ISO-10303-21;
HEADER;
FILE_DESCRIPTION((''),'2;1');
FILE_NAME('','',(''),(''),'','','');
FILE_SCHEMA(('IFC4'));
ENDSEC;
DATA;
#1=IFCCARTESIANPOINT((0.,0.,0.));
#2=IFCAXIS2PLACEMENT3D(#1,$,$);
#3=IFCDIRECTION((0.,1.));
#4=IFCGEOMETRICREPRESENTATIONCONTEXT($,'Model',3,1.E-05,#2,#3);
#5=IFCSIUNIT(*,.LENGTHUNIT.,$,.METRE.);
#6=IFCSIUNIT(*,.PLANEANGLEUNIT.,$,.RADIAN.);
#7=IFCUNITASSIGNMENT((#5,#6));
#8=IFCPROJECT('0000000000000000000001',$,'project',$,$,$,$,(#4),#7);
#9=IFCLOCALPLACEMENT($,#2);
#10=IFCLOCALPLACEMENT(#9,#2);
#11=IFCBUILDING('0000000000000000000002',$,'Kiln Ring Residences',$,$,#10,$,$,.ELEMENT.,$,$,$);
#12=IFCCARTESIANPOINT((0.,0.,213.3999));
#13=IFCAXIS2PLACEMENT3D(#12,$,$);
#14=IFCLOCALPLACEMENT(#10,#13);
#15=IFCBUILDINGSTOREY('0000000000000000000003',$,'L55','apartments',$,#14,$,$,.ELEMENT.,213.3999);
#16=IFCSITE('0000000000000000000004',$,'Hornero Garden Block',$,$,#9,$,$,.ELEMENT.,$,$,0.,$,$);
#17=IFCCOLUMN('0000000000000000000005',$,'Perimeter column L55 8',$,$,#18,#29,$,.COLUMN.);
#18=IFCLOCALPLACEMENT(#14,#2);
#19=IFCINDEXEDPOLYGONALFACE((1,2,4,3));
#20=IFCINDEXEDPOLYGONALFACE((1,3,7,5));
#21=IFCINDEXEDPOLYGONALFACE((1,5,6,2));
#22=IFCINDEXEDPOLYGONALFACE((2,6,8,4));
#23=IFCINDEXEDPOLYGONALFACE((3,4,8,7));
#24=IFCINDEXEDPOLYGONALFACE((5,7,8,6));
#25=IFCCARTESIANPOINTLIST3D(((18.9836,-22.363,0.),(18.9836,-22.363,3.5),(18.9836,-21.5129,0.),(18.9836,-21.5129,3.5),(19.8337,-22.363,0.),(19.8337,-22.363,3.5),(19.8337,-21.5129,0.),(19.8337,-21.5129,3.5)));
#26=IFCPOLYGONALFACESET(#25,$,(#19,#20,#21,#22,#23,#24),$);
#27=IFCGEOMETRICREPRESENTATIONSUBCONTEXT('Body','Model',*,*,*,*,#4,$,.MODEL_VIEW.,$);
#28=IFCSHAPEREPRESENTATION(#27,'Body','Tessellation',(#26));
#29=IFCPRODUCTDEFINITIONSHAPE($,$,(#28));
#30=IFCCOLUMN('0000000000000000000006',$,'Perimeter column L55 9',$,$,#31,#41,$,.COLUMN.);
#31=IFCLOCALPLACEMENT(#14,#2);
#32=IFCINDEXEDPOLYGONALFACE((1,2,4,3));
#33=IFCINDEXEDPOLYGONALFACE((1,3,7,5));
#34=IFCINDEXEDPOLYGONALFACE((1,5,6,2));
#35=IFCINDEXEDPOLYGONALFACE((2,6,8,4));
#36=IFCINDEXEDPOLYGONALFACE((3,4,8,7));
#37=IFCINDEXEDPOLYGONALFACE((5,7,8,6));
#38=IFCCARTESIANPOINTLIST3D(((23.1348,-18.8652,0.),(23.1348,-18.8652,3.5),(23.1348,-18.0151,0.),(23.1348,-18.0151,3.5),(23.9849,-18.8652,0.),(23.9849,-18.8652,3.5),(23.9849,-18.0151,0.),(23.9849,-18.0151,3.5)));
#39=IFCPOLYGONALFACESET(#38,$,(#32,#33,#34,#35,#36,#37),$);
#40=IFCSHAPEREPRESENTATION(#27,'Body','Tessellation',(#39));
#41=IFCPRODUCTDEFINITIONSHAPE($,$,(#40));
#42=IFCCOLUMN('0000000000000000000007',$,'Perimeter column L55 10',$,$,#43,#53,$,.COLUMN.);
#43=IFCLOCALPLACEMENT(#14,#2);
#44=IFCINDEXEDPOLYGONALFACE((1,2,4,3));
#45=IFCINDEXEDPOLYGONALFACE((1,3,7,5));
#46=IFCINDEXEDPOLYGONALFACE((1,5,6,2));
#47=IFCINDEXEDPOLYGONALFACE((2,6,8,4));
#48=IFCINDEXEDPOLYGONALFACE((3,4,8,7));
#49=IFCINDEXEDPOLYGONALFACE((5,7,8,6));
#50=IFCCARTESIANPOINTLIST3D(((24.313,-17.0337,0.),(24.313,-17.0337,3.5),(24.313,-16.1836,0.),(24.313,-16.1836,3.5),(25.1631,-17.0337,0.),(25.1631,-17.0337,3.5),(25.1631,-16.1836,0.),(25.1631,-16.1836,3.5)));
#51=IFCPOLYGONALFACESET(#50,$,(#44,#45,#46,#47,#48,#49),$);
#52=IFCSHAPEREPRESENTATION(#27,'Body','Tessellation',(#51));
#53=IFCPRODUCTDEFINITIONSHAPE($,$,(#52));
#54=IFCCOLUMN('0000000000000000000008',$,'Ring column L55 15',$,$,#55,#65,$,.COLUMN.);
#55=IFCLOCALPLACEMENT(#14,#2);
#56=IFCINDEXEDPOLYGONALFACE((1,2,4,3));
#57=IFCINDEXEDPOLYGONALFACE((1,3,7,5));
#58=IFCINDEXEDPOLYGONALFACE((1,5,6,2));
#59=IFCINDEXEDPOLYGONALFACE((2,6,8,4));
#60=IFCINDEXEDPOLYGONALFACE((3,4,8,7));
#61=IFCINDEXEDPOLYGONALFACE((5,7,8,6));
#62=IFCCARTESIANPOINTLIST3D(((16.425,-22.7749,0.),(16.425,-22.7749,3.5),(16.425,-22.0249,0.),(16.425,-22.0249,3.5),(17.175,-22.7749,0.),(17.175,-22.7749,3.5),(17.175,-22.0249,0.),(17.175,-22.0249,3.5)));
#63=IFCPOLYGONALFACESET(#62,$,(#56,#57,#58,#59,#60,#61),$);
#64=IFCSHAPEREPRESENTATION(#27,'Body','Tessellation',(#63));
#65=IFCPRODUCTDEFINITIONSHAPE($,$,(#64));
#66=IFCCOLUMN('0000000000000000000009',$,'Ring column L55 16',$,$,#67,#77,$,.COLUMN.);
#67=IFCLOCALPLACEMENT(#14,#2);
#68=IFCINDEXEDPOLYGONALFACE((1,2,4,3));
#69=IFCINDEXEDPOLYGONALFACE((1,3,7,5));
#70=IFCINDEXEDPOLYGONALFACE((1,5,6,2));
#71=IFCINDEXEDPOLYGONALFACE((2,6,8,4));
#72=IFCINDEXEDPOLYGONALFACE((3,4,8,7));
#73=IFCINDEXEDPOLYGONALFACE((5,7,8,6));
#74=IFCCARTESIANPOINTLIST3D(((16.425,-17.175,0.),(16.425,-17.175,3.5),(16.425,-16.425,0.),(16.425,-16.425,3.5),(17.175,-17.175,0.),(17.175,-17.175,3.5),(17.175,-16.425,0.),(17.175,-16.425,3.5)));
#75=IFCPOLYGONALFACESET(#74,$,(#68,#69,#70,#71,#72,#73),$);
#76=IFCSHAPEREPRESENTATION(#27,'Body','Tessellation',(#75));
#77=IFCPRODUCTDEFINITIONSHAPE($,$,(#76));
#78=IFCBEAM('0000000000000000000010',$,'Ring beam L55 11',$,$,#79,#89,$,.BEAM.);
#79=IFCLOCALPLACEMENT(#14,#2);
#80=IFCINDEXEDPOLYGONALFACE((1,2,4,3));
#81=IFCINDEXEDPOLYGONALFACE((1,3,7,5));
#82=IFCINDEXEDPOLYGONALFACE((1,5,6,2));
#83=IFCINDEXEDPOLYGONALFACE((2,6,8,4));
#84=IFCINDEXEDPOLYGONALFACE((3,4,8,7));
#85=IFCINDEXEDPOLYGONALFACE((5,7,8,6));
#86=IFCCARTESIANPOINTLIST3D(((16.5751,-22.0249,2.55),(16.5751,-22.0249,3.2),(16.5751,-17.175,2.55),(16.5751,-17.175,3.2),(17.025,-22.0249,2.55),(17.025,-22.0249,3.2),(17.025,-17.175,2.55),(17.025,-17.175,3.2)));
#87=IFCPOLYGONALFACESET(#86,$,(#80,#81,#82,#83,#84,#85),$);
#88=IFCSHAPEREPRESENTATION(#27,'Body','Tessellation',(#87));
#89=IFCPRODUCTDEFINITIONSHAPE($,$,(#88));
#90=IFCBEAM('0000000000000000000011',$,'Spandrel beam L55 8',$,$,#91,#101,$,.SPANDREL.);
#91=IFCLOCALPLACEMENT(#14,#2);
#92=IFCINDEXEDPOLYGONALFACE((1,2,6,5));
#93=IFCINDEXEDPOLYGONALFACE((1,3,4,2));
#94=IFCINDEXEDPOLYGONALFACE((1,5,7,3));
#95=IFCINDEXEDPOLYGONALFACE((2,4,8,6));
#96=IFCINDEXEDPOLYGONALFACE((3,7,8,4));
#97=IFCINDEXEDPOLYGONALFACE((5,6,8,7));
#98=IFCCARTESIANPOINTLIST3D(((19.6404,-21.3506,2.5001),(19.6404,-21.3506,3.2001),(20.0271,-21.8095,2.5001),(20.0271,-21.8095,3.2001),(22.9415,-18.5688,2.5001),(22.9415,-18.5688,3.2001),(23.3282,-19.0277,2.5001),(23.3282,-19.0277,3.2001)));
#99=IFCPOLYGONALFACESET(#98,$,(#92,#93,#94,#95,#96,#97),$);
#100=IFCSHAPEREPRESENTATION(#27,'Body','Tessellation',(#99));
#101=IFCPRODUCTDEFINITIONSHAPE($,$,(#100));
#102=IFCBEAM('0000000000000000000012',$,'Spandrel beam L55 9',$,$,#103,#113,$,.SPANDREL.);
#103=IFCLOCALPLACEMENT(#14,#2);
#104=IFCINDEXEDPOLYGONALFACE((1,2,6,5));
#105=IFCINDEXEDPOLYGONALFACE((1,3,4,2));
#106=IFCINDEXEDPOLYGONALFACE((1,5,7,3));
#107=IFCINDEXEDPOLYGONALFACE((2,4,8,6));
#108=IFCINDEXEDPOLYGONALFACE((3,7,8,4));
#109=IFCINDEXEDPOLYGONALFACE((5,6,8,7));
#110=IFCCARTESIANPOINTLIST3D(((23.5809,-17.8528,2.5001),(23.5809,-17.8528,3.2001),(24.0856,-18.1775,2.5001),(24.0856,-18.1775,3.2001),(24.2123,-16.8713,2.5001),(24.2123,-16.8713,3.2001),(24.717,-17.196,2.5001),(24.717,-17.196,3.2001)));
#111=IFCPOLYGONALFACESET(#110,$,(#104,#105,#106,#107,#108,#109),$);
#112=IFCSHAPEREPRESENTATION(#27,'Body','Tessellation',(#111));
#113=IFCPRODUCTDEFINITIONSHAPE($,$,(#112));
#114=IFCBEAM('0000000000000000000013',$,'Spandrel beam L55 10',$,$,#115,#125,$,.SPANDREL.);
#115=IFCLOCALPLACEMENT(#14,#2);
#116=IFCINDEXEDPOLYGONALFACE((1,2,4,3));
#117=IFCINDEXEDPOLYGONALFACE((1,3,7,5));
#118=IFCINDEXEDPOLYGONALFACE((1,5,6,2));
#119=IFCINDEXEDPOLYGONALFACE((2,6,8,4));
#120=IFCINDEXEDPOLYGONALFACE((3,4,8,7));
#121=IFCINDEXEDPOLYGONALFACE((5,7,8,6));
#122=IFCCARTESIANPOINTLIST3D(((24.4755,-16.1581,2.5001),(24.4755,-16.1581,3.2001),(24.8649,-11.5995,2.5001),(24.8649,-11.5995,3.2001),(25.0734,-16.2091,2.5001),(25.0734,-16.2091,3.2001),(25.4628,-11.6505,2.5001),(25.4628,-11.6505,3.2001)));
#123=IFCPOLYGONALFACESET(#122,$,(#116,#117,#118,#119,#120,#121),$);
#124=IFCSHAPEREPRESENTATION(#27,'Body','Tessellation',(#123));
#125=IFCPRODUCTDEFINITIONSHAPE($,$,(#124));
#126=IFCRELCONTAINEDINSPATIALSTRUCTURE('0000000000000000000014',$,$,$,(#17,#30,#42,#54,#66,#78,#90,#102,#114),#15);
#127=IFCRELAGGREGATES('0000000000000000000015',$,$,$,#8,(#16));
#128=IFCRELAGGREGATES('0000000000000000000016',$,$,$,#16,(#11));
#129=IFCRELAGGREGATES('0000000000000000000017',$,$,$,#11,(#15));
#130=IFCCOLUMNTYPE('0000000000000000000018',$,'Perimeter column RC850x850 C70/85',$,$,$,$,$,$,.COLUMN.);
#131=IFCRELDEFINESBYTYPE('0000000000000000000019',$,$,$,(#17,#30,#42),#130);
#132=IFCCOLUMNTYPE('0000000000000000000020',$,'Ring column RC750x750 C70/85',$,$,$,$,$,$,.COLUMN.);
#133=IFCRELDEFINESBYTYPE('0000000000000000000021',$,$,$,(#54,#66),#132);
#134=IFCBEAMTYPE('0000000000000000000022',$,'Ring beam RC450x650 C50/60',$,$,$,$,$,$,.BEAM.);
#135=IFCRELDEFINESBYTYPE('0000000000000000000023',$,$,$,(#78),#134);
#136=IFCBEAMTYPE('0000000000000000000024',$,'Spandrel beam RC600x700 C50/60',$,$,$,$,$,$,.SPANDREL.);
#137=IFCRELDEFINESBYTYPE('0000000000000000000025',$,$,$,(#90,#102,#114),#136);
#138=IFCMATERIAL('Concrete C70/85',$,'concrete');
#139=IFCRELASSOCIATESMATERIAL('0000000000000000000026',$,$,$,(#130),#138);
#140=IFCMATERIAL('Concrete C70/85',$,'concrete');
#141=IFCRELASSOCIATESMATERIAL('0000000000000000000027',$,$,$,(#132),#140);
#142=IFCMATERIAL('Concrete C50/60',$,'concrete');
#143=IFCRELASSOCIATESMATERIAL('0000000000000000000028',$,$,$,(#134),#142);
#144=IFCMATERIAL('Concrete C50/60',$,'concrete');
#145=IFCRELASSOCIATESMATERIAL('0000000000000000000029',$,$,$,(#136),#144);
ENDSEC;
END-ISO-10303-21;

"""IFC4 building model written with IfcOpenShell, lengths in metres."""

from ifc_helpers import new_model, si_unit, direction, frame, origin, origin_2d, place, context, subcontext, project, spatial, rectangle, extrude, material, material_profile, profile_set, type_object, element, save


model = new_model("IFC4")

# Units and contexts
model_context = context("Model", 3, precision=1e-05, world=origin(), true_north=direction((0.0, 1.0)))
body_context = subcontext(model_context, "Body", "Model", "MODEL_VIEW")
ifc_project = project(units=[si_unit("LENGTHUNIT", "METRE"), si_unit("PLANEANGLEUNIT", "RADIAN")], contexts=[model_context])

# Site, building, storey
site_placement = place(None, origin())
site = spatial("IfcSite", under=ifc_project, at=site_placement, Name="Hornero Garden Block", CompositionType="ELEMENT", RefElevation=0.0)
building_placement = place(site_placement, origin())
building = spatial("IfcBuilding", under=site, at=building_placement, Name="Kiln Ring Residences", CompositionType="ELEMENT")
storey_placement = place(building_placement, frame((0.0, 0.0, 213.3999)))
storey = spatial("IfcBuildingStorey", under=building, at=storey_placement, Name="L55", Description="apartments", CompositionType="ELEMENT", Elevation=213.3999)

# Columns
ifc_material_1 = material(Name="Concrete C70/85", Category="concrete")
ifc_material_profile_1 = material_profile(ifc_material_1, rectangle(XDim=0.8501, YDim=0.8501, at=origin_2d()), Name="RC850x850")
ifc_profile_set_1 = profile_set([ifc_material_profile_1], Name="Concrete C70/85")
column_type_1 = type_object("IfcColumnType", Name="Perimeter column RC850x850 C70/85", PredefinedType="COLUMN", material=ifc_profile_set_1)
for number, where, z_axis, x_axis, name in (
    (1, (19.4087, -21.938, 0.0), (0.0, 0.0, 1.0), (1.0, 0.0, 0.0), "Perimeter column L55 8"),
    (2, (23.5598, -18.4402, 0.0), (0.0, 0.0, 1.0), (1.0, 0.0, 0.0), "Perimeter column L55 9"),
    (3, (24.738, -16.6086, 0.0), (0.0, 0.0, 1.0), (1.0, 0.0, 0.0), "Perimeter column L55 10"),
):
    element("IfcColumn", number, at=place(storey_placement, frame(where, z_axis=z_axis, x_axis=x_axis)), inside=storey, type_object=column_type_1, Name=name, PredefinedType="COLUMN", context=body_context, shape_type="SweptSolid", body=[
        extrude(rectangle(XDim=0.8501, YDim=0.8501, at=origin_2d()), origin(), (0.0, 0.0, 1.0), 3.5),
    ])
ifc_material_2 = material(Name="Concrete C70/85", Category="concrete")
ifc_material_profile_2 = material_profile(ifc_material_2, rectangle(XDim=0.75, YDim=0.75, at=origin_2d()), Name="RC750x750")
ifc_profile_set_2 = profile_set([ifc_material_profile_2], Name="Concrete C70/85")
column_type_2 = type_object("IfcColumnType", Name="Ring column RC750x750 C70/85", PredefinedType="COLUMN", material=ifc_profile_set_2)
for number, where, z_axis, x_axis, name in (
    (4, (16.8, -22.3999, 0.0), (0.0, 0.0, 1.0), (1.0, 0.0, 0.0), "Ring column L55 15"),
    (5, (16.8, -16.8, 0.0), (0.0, 0.0, 1.0), (1.0, 0.0, 0.0), "Ring column L55 16"),
):
    element("IfcColumn", number, at=place(storey_placement, frame(where, z_axis=z_axis, x_axis=x_axis)), inside=storey, type_object=column_type_2, Name=name, PredefinedType="COLUMN", context=body_context, shape_type="SweptSolid", body=[
        extrude(rectangle(XDim=0.75, YDim=0.75, at=origin_2d()), origin(), (0.0, 0.0, 1.0), 3.5),
    ])

# Beams
ifc_material_3 = material(Name="Concrete C50/60", Category="concrete")
ifc_material_profile_3 = material_profile(ifc_material_3, rectangle(XDim=0.45, YDim=0.6499, at=origin_2d()), Name="RC450x650")
ifc_profile_set_3 = profile_set([ifc_material_profile_3], Name="Concrete C50/60")
beam_type_1 = type_object("IfcBeamType", Name="Ring beam RC450x650 C50/60", PredefinedType="BEAM", material=ifc_profile_set_3)
beam_1_placement = place(storey_placement, frame((16.8, -17.175, 2.875), z_axis=(0.0, -1.0, 0.0), x_axis=(1.0, 0.0, 0.0)))
element("IfcBeam", 6, at=beam_1_placement, inside=storey, type_object=beam_type_1, Name="Ring beam L55 11", PredefinedType="BEAM", context=body_context, shape_type="SweptSolid", body=[
    extrude(rectangle(XDim=0.45, YDim=0.6499, at=origin_2d()), origin(), (0.0, 0.0, 1.0), 4.8499),
])
ifc_material_4 = material(Name="Concrete C50/60", Category="concrete")
ifc_material_profile_4 = material_profile(ifc_material_4, rectangle(XDim=0.6001, YDim=0.7, at=origin_2d()), Name="RC600x700")
ifc_profile_set_4 = profile_set([ifc_material_profile_4], Name="Concrete C50/60")
beam_type_2 = type_object("IfcBeamType", Name="Spandrel beam RC600x700 C50/60", PredefinedType="SPANDREL", material=ifc_profile_set_4)
beam_2_placement = place(storey_placement, frame((19.8337, -21.5801, 2.8501), z_axis=(0.764691, 0.644397, 0.0), x_axis=(-0.644397, 0.764691, 0.0)))
element("IfcBeam", 7, at=beam_2_placement, inside=storey, type_object=beam_type_2, Name="Spandrel beam L55 8", PredefinedType="SPANDREL", context=body_context, shape_type="SweptSolid", body=[
    extrude(rectangle(XDim=0.6001, YDim=0.7, at=origin_2d()), origin(), (0.0, 0.0, 1.0), 4.3169),
])
beam_3_placement = place(storey_placement, frame((23.8333, -18.0151, 2.8501), z_axis=(0.541011, 0.841015, 0.0), x_axis=(-0.841015, 0.541011, 0.0)))
element("IfcBeam", 8, at=beam_3_placement, inside=storey, type_object=beam_type_2, Name="Spandrel beam L55 9", PredefinedType="SPANDREL", context=body_context, shape_type="SweptSolid", body=[
    extrude(rectangle(XDim=0.6001, YDim=0.7, at=origin_2d()), origin(), (0.0, 0.0, 1.0), 1.167),
])
beam_4_placement = place(storey_placement, frame((24.7744, -16.1836, 2.8501), z_axis=(0.085112, 0.996371, 0.0), x_axis=(-0.996371, 0.085112, 0.0)))
element("IfcBeam", 9, at=beam_4_placement, inside=storey, type_object=beam_type_2, Name="Spandrel beam L55 10", PredefinedType="SPANDREL", context=body_context, shape_type="SweptSolid", body=[
    extrude(rectangle(XDim=0.6001, YDim=0.7, at=origin_2d()), origin(), (0.0, 0.0, 1.0), 4.5752),
])

save(model, "model.ifc")
